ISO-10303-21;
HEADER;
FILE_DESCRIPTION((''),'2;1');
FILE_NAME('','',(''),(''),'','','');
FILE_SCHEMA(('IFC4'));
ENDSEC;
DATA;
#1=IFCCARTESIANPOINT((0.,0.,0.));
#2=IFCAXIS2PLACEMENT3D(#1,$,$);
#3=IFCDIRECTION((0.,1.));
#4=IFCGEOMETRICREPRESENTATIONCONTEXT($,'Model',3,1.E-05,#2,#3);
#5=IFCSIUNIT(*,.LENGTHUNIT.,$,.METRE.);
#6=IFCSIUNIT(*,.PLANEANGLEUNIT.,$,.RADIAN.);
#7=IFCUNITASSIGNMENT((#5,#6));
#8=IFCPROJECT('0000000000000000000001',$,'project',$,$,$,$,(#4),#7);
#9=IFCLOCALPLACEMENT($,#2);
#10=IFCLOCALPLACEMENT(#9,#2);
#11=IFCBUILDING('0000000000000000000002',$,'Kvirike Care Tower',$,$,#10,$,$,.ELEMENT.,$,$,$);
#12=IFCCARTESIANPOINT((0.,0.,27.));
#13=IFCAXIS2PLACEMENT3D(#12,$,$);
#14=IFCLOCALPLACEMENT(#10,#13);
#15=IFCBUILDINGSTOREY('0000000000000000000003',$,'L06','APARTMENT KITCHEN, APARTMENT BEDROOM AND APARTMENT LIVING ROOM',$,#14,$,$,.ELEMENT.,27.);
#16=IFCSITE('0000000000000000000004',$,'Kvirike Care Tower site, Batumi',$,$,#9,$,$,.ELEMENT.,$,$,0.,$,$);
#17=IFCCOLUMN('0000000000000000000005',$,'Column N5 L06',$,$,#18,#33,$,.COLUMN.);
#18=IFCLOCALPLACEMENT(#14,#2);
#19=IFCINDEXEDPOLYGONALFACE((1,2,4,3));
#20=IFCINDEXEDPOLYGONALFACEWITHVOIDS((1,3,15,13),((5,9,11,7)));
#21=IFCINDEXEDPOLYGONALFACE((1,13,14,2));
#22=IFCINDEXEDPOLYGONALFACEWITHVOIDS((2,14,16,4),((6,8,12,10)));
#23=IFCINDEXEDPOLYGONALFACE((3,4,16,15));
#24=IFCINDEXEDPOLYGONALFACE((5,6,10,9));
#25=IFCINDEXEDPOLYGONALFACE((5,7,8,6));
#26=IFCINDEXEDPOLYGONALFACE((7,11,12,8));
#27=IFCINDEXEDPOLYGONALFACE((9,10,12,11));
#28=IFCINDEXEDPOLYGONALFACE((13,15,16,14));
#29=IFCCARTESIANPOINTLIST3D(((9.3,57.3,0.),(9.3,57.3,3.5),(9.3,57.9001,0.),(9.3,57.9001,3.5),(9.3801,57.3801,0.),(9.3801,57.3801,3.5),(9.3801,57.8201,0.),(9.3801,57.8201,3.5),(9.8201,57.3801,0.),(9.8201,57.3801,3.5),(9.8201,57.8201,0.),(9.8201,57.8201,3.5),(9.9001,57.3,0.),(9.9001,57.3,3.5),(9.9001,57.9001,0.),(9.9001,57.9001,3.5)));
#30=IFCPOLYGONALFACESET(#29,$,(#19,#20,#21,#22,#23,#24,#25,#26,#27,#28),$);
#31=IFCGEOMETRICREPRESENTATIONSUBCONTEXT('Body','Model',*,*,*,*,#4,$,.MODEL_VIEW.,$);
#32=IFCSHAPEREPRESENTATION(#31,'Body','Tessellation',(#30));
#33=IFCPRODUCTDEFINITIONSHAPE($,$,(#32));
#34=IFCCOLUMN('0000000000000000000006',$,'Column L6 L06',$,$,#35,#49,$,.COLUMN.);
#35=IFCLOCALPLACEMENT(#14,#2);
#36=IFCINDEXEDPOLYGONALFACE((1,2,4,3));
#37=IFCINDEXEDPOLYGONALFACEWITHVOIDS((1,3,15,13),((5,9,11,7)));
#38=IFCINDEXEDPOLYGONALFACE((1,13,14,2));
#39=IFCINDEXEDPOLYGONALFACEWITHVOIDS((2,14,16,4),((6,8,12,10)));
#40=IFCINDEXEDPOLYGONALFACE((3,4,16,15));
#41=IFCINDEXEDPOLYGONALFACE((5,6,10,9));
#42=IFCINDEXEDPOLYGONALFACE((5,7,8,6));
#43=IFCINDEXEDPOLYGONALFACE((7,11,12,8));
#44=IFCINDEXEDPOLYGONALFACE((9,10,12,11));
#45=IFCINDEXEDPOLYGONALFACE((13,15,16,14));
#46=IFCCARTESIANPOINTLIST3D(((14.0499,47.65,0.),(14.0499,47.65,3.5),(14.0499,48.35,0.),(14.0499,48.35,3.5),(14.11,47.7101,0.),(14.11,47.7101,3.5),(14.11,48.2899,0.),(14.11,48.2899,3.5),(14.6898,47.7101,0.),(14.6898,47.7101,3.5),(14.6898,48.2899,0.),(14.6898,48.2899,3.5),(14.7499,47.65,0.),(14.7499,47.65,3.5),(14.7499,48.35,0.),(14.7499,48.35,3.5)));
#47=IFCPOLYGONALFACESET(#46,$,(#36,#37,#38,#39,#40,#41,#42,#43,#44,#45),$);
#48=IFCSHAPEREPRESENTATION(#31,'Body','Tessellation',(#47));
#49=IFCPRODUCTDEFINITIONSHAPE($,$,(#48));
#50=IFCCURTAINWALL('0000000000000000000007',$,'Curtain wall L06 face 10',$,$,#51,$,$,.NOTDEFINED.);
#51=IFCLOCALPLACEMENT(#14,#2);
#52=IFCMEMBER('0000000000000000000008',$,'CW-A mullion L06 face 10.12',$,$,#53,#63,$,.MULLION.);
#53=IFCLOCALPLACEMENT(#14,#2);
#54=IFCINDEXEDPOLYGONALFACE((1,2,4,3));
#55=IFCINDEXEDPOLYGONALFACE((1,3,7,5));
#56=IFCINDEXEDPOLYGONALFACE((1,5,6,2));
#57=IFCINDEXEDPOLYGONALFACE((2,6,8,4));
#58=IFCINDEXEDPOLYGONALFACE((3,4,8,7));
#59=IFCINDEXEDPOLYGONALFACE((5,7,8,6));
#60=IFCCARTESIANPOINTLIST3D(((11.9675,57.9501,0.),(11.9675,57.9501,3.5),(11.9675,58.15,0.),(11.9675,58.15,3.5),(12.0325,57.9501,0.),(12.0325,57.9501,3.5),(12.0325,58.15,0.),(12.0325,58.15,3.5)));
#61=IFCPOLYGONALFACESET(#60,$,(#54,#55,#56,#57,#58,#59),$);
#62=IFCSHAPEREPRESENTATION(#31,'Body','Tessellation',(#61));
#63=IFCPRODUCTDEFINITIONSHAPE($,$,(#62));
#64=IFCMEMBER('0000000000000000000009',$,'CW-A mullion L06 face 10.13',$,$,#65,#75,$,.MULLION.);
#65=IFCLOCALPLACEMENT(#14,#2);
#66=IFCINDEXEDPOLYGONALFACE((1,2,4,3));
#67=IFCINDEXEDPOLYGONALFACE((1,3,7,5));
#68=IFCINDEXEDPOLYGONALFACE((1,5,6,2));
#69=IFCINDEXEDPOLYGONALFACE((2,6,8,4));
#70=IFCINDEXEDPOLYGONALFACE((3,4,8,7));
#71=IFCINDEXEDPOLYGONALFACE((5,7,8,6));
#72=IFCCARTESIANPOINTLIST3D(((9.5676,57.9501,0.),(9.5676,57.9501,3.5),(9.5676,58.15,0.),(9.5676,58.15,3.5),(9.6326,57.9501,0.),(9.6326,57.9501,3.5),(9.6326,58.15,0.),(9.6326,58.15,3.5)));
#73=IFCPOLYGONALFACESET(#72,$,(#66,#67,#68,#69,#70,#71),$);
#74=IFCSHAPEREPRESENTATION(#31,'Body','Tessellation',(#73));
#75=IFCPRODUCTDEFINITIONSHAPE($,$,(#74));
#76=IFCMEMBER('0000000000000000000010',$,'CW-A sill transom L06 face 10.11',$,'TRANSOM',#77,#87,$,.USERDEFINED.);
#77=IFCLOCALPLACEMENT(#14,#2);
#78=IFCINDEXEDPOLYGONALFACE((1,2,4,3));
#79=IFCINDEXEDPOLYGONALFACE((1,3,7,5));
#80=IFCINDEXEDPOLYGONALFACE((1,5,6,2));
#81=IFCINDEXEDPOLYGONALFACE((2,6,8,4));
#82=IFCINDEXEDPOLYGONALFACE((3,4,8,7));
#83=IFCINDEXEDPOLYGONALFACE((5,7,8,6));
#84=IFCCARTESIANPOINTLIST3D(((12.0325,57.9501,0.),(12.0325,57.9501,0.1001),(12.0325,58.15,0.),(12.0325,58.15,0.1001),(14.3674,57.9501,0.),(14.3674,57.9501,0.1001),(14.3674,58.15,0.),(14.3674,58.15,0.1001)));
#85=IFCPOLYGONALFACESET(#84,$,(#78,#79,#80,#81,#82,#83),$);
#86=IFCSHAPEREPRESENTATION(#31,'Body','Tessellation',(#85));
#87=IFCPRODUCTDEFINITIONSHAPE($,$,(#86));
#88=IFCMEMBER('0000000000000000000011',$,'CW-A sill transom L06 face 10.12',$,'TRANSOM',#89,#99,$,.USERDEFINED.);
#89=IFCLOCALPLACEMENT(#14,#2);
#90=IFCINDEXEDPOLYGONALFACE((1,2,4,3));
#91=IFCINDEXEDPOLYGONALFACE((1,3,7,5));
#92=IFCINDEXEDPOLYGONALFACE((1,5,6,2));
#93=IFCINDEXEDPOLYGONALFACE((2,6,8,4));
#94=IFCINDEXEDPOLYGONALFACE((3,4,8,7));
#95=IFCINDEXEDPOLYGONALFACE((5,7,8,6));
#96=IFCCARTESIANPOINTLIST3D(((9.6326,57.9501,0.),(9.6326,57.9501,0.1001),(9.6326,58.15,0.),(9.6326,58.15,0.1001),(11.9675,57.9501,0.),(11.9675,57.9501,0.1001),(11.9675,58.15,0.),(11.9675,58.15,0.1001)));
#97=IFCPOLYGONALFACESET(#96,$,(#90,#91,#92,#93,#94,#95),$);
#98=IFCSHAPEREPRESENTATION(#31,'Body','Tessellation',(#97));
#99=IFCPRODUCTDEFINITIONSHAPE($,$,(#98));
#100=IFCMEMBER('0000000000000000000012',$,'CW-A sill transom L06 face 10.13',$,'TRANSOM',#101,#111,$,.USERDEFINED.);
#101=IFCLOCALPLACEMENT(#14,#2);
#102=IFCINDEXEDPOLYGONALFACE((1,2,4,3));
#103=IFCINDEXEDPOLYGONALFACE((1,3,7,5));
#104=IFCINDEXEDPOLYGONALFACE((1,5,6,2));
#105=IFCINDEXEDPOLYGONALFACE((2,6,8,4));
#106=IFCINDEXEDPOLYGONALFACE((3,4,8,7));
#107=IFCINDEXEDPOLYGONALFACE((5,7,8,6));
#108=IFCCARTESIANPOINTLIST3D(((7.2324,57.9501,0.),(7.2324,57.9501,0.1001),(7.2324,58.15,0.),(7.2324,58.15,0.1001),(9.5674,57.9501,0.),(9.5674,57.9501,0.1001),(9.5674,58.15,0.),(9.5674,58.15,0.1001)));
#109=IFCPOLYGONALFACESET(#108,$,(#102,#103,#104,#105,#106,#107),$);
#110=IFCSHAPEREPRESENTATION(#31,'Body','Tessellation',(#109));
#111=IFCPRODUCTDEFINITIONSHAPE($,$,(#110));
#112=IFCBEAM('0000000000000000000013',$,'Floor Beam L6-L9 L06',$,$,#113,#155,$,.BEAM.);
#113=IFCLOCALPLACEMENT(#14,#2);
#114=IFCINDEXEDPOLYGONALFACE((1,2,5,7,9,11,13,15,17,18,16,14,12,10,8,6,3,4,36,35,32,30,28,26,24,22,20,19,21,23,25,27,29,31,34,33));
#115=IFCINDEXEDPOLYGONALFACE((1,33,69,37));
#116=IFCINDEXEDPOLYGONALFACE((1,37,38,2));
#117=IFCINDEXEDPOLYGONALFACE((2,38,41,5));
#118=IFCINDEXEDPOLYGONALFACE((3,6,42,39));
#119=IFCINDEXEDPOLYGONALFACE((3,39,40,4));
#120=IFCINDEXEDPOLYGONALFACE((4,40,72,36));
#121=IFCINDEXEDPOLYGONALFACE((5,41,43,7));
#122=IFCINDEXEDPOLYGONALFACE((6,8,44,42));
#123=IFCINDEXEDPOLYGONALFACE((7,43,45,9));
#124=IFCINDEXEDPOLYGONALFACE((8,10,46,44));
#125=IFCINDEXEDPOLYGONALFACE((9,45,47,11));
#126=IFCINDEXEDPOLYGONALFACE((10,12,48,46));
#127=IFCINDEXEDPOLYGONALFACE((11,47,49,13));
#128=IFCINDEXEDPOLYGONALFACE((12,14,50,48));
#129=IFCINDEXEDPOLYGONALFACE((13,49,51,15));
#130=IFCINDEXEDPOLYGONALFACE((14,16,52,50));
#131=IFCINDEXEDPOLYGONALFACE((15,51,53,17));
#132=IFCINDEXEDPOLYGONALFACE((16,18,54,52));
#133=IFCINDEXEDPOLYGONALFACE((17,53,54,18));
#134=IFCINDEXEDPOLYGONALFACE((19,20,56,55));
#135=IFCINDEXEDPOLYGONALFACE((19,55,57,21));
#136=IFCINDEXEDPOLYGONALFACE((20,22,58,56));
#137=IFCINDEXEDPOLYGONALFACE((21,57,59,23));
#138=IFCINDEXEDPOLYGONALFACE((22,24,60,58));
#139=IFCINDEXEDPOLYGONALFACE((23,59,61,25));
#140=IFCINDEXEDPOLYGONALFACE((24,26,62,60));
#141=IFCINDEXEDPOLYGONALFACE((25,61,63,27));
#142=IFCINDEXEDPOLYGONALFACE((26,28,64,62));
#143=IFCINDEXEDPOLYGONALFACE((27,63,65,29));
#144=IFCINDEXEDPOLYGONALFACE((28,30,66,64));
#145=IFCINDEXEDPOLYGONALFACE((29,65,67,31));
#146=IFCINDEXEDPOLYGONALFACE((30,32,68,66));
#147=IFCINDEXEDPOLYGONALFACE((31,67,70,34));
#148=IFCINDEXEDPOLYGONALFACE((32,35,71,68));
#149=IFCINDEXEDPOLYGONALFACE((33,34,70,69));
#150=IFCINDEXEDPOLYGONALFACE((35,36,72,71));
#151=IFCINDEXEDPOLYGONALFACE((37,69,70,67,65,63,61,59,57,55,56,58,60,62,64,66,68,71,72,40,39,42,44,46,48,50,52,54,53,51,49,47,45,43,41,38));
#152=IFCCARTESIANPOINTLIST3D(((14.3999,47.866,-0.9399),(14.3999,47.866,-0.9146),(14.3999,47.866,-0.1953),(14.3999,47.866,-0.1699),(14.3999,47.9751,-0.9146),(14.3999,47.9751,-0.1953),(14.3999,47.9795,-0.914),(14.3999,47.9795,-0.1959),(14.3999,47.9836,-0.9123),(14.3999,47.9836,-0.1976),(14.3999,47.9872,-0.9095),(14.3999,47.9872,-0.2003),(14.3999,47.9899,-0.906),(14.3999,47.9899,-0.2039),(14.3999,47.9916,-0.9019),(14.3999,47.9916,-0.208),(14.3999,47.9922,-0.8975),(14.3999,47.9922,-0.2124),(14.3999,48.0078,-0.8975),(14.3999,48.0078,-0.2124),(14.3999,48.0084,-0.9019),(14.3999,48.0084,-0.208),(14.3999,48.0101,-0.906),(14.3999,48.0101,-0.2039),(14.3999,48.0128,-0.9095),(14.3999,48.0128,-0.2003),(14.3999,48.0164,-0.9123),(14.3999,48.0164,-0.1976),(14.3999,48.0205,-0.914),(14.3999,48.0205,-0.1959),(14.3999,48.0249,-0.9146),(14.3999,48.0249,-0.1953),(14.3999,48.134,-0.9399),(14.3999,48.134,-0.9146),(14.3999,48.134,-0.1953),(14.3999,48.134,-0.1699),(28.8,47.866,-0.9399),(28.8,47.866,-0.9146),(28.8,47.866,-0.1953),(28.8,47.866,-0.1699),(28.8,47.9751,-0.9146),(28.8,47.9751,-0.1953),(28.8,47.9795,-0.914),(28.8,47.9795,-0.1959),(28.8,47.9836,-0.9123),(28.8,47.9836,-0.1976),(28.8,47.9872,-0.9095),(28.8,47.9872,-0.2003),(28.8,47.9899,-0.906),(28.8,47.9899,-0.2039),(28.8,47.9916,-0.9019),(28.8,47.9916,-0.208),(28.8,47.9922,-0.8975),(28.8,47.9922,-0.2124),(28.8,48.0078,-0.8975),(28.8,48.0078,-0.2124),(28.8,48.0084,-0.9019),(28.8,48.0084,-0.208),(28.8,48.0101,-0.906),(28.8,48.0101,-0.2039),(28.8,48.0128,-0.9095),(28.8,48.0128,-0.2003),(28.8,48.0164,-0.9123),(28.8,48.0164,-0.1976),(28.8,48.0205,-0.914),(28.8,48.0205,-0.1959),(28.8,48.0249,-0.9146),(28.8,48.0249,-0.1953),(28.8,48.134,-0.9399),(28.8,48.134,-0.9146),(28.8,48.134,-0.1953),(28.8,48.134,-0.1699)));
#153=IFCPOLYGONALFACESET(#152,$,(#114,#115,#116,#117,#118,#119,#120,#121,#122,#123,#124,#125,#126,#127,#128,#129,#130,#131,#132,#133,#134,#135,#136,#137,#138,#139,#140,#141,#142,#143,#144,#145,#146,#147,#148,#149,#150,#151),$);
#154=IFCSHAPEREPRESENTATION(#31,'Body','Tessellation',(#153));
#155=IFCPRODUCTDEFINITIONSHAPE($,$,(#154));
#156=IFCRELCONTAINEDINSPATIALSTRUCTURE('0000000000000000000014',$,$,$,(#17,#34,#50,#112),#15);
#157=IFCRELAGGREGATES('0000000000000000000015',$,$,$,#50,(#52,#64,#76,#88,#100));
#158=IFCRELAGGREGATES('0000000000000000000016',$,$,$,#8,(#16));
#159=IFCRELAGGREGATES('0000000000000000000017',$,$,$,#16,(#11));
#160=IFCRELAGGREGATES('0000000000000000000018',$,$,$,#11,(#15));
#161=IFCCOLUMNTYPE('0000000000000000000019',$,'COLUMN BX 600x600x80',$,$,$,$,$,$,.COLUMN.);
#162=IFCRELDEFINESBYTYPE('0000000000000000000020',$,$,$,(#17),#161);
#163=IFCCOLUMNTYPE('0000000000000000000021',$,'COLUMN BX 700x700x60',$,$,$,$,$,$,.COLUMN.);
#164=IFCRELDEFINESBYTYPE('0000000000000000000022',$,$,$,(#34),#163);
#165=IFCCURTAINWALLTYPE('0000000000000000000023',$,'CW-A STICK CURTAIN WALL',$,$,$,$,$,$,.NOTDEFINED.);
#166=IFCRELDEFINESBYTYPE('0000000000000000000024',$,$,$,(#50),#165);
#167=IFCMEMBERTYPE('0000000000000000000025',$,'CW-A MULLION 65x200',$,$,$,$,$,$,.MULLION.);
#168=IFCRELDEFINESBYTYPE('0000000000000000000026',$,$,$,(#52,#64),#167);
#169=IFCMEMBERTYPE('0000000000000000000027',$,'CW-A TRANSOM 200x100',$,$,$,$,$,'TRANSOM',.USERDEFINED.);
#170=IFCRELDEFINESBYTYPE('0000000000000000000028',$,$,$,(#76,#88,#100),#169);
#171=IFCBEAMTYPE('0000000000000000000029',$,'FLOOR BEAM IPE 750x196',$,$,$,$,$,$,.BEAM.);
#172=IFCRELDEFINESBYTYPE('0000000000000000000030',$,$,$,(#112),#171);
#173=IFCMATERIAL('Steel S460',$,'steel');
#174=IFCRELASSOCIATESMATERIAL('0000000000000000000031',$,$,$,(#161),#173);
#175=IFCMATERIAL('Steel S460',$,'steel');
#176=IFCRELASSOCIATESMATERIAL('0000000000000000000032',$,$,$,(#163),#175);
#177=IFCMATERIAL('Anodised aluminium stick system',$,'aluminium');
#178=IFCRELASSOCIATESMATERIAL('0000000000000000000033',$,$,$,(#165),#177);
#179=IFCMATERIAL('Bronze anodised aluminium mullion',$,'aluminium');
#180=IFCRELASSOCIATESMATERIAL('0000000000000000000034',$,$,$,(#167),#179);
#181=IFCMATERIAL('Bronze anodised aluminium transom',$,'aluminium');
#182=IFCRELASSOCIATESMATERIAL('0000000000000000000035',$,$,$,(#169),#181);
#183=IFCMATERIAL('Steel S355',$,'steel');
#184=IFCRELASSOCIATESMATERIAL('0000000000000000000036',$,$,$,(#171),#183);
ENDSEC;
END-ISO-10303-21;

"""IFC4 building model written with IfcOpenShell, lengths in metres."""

from ifc_helpers import new_model, si_unit, direction, frame, origin, origin_2d, place, context, subcontext, project, spatial, rectangle, hollow_rectangle, i_section, extrude, material, material_profile, profile_set, type_object, element, aggregate, save


model = new_model("IFC4")

# Units and contexts
model_context = context("Model", 3, precision=1e-05, world=origin(), true_north=direction((0.0, 1.0)))
body_context = subcontext(model_context, "Body", "Model", "MODEL_VIEW")
ifc_project = project(units=[si_unit("LENGTHUNIT", "METRE"), si_unit("PLANEANGLEUNIT", "RADIAN")], contexts=[model_context])

# Site, building, storey
site_placement = place(None, origin())
site = spatial("IfcSite", under=ifc_project, at=site_placement, Name="Kvirike Care Tower site, Batumi", CompositionType="ELEMENT", RefElevation=0.0)
building_placement = place(site_placement, origin())
building = spatial("IfcBuilding", under=site, at=building_placement, Name="Kvirike Care Tower", CompositionType="ELEMENT")
storey_placement = place(building_placement, frame((0.0, 0.0, 27.0)))
storey = spatial("IfcBuildingStorey", under=building, at=storey_placement, Name="L06", Description="APARTMENT KITCHEN, APARTMENT BEDROOM AND APARTMENT LIVING ROOM", CompositionType="ELEMENT", Elevation=27.0)

# Columns
ifc_material_1 = material(Name="Steel S460", Category="steel")
ifc_material_profile_1 = material_profile(ifc_material_1, hollow_rectangle(XDim=0.6001, YDim=0.6001, WallThickness=0.0801, at=origin_2d()), Name="BX 600x600x80")
ifc_profile_set_1 = profile_set([ifc_material_profile_1], Name="Steel S460")
column_type_1 = type_object("IfcColumnType", Name="COLUMN BX 600x600x80", PredefinedType="COLUMN", material=ifc_profile_set_1)
column_1_placement = place(storey_placement, frame((9.6001, 57.6001, 0.0), z_axis=(0.0, 0.0, 1.0), x_axis=(0.0, 1.0, 0.0)))
element("IfcColumn", 1, at=column_1_placement, inside=storey, type_object=column_type_1, Name="Column N5 L06", PredefinedType="COLUMN", context=body_context, shape_type="SweptSolid", body=[
    extrude(hollow_rectangle(XDim=0.6001, YDim=0.6001, WallThickness=0.0801, at=origin_2d()), origin(), (0.0, 0.0, 1.0), 3.5),
])
ifc_material_2 = material(Name="Steel S460", Category="steel")
ifc_material_profile_2 = material_profile(ifc_material_2, hollow_rectangle(XDim=0.7, YDim=0.7, WallThickness=0.0601, at=origin_2d()), Name="BX 700x700x60")
ifc_profile_set_2 = profile_set([ifc_material_profile_2], Name="Steel S460")
column_type_2 = type_object("IfcColumnType", Name="COLUMN BX 700x700x60", PredefinedType="COLUMN", material=ifc_profile_set_2)
column_2_placement = place(storey_placement, frame((14.3999, 48.0, 0.0), z_axis=(0.0, 0.0, 1.0), x_axis=(1.0, 0.0, 0.0)))
element("IfcColumn", 2, at=column_2_placement, inside=storey, type_object=column_type_2, Name="Column L6 L06", PredefinedType="COLUMN", context=body_context, shape_type="SweptSolid", body=[
    extrude(hollow_rectangle(XDim=0.7, YDim=0.7, WallThickness=0.0601, at=origin_2d()), origin(), (0.0, 0.0, 1.0), 3.5),
])

# Curtain wall, members
ifc_material_3 = material(Name="Anodised aluminium stick system", Category="aluminium")
curtain_wall_type = type_object("IfcCurtainWallType", Name="CW-A STICK CURTAIN WALL", PredefinedType="NOTDEFINED", material=ifc_material_3)
curtain_wall_placement = place(storey_placement, origin())
curtain_wall = element("IfcCurtainWall", 3, at=curtain_wall_placement, inside=storey, type_object=curtain_wall_type, Name="Curtain wall L06 face 10", PredefinedType="NOTDEFINED")
ifc_material_4 = material(Name="Bronze anodised aluminium mullion", Category="aluminium")
ifc_material_profile_3 = material_profile(ifc_material_4, rectangle(XDim=0.0649, YDim=0.2, at=origin_2d()), Name="CW-A MULLION 65x200")
ifc_profile_set_3 = profile_set([ifc_material_profile_3], Name="Bronze anodised aluminium mullion")
member_type_1 = type_object("IfcMemberType", Name="CW-A MULLION 65x200", PredefinedType="MULLION", material=ifc_profile_set_3)
member_1_placement = place(storey_placement, frame((12.0, 58.05, 0.0), z_axis=(0.0, 0.0, 1.0), x_axis=(-1.0, 0.0, 0.0)))
member_1 = element("IfcMember", 4, at=member_1_placement, type_object=member_type_1, Name="CW-A mullion L06 face 10.12", PredefinedType="MULLION", context=body_context, shape_type="SweptSolid", body=[
    extrude(rectangle(XDim=0.0649, YDim=0.2, at=origin_2d()), origin(), (0.0, 0.0, 1.0), 3.5),
])
member_2_placement = place(storey_placement, frame((9.6001, 58.05, 0.0), z_axis=(0.0, 0.0, 1.0), x_axis=(-1.0, 0.0, 0.0)))
member_2 = element("IfcMember", 5, at=member_2_placement, type_object=member_type_1, Name="CW-A mullion L06 face 10.13", PredefinedType="MULLION", context=body_context, shape_type="SweptSolid", body=[
    extrude(rectangle(XDim=0.0649, YDim=0.2, at=origin_2d()), origin(), (0.0, 0.0, 1.0), 3.5),
])
ifc_material_5 = material(Name="Bronze anodised aluminium transom", Category="aluminium")
ifc_material_profile_4 = material_profile(ifc_material_5, rectangle(XDim=0.2, YDim=0.1001, at=origin_2d()), Name="CW-A TRANSOM 200x100")
ifc_profile_set_4 = profile_set([ifc_material_profile_4], Name="Bronze anodised aluminium transom")
member_type_2 = type_object("IfcMemberType", Name="CW-A TRANSOM 200x100", ElementType="TRANSOM", PredefinedType="USERDEFINED", material=ifc_profile_set_4)
member_3_placement = place(storey_placement, frame((14.3674, 58.05, 0.05), z_axis=(-1.0, 0.0, 0.0), x_axis=(0.0, -1.0, 0.0)))
member_3 = element("IfcMember", 6, at=member_3_placement, type_object=member_type_2, Name="CW-A sill transom L06 face 10.11", ObjectType="TRANSOM", PredefinedType="USERDEFINED", context=body_context, shape_type="SweptSolid", body=[
    extrude(rectangle(XDim=0.2, YDim=0.1001, at=origin_2d()), origin(), (0.0, 0.0, 1.0), 2.335),
])
member_4_placement = place(storey_placement, frame((11.9675, 58.05, 0.05), z_axis=(-1.0, 0.0, 0.0), x_axis=(0.0, -1.0, 0.0)))
member_4 = element("IfcMember", 7, at=member_4_placement, type_object=member_type_2, Name="CW-A sill transom L06 face 10.12", ObjectType="TRANSOM", PredefinedType="USERDEFINED", context=body_context, shape_type="SweptSolid", body=[
    extrude(rectangle(XDim=0.2, YDim=0.1001, at=origin_2d()), origin(), (0.0, 0.0, 1.0), 2.335),
])
member_5_placement = place(storey_placement, frame((9.5674, 58.05, 0.05), z_axis=(-1.0, 0.0, 0.0), x_axis=(0.0, -1.0, 0.0)))
member_5 = element("IfcMember", 8, at=member_5_placement, type_object=member_type_2, Name="CW-A sill transom L06 face 10.13", ObjectType="TRANSOM", PredefinedType="USERDEFINED", context=body_context, shape_type="SweptSolid", body=[
    extrude(rectangle(XDim=0.2, YDim=0.1001, at=origin_2d()), origin(), (0.0, 0.0, 1.0), 2.335),
])

# Beam
ifc_material_6 = material(Name="Steel S355", Category="steel")
ifc_material_profile_5 = material_profile(ifc_material_6, i_section(OverallWidth=0.2681, OverallDepth=0.77, WebThickness=0.0156, FlangeThickness=0.0254, FilletRadius=0.0171, at=origin_2d()), Name="IPE 750x196")
ifc_profile_set_5 = profile_set([ifc_material_profile_5], Name="Steel S355")
beam_type_1 = type_object("IfcBeamType", Name="FLOOR BEAM IPE 750x196", PredefinedType="BEAM", material=ifc_profile_set_5)
beam_1_placement = place(storey_placement, frame((14.3999, 48.0, -0.5549), z_axis=(1.0, 0.0, 0.0), x_axis=(0.0, 1.0, 0.0)))
element("IfcBeam", 9, at=beam_1_placement, inside=storey, type_object=beam_type_1, Name="Floor Beam L6-L9 L06", PredefinedType="BEAM", context=body_context, shape_type="SweptSolid", body=[
    extrude(i_section(OverallWidth=0.2681, OverallDepth=0.77, WebThickness=0.0156, FlangeThickness=0.0254, FilletRadius=0.0171, at=origin_2d()), origin(), (0.0, 0.0, 1.0), 14.4001),
])

aggregate(curtain_wall, [member_1, member_2, member_3, member_4, member_5])

save(model, "model.ifc")
